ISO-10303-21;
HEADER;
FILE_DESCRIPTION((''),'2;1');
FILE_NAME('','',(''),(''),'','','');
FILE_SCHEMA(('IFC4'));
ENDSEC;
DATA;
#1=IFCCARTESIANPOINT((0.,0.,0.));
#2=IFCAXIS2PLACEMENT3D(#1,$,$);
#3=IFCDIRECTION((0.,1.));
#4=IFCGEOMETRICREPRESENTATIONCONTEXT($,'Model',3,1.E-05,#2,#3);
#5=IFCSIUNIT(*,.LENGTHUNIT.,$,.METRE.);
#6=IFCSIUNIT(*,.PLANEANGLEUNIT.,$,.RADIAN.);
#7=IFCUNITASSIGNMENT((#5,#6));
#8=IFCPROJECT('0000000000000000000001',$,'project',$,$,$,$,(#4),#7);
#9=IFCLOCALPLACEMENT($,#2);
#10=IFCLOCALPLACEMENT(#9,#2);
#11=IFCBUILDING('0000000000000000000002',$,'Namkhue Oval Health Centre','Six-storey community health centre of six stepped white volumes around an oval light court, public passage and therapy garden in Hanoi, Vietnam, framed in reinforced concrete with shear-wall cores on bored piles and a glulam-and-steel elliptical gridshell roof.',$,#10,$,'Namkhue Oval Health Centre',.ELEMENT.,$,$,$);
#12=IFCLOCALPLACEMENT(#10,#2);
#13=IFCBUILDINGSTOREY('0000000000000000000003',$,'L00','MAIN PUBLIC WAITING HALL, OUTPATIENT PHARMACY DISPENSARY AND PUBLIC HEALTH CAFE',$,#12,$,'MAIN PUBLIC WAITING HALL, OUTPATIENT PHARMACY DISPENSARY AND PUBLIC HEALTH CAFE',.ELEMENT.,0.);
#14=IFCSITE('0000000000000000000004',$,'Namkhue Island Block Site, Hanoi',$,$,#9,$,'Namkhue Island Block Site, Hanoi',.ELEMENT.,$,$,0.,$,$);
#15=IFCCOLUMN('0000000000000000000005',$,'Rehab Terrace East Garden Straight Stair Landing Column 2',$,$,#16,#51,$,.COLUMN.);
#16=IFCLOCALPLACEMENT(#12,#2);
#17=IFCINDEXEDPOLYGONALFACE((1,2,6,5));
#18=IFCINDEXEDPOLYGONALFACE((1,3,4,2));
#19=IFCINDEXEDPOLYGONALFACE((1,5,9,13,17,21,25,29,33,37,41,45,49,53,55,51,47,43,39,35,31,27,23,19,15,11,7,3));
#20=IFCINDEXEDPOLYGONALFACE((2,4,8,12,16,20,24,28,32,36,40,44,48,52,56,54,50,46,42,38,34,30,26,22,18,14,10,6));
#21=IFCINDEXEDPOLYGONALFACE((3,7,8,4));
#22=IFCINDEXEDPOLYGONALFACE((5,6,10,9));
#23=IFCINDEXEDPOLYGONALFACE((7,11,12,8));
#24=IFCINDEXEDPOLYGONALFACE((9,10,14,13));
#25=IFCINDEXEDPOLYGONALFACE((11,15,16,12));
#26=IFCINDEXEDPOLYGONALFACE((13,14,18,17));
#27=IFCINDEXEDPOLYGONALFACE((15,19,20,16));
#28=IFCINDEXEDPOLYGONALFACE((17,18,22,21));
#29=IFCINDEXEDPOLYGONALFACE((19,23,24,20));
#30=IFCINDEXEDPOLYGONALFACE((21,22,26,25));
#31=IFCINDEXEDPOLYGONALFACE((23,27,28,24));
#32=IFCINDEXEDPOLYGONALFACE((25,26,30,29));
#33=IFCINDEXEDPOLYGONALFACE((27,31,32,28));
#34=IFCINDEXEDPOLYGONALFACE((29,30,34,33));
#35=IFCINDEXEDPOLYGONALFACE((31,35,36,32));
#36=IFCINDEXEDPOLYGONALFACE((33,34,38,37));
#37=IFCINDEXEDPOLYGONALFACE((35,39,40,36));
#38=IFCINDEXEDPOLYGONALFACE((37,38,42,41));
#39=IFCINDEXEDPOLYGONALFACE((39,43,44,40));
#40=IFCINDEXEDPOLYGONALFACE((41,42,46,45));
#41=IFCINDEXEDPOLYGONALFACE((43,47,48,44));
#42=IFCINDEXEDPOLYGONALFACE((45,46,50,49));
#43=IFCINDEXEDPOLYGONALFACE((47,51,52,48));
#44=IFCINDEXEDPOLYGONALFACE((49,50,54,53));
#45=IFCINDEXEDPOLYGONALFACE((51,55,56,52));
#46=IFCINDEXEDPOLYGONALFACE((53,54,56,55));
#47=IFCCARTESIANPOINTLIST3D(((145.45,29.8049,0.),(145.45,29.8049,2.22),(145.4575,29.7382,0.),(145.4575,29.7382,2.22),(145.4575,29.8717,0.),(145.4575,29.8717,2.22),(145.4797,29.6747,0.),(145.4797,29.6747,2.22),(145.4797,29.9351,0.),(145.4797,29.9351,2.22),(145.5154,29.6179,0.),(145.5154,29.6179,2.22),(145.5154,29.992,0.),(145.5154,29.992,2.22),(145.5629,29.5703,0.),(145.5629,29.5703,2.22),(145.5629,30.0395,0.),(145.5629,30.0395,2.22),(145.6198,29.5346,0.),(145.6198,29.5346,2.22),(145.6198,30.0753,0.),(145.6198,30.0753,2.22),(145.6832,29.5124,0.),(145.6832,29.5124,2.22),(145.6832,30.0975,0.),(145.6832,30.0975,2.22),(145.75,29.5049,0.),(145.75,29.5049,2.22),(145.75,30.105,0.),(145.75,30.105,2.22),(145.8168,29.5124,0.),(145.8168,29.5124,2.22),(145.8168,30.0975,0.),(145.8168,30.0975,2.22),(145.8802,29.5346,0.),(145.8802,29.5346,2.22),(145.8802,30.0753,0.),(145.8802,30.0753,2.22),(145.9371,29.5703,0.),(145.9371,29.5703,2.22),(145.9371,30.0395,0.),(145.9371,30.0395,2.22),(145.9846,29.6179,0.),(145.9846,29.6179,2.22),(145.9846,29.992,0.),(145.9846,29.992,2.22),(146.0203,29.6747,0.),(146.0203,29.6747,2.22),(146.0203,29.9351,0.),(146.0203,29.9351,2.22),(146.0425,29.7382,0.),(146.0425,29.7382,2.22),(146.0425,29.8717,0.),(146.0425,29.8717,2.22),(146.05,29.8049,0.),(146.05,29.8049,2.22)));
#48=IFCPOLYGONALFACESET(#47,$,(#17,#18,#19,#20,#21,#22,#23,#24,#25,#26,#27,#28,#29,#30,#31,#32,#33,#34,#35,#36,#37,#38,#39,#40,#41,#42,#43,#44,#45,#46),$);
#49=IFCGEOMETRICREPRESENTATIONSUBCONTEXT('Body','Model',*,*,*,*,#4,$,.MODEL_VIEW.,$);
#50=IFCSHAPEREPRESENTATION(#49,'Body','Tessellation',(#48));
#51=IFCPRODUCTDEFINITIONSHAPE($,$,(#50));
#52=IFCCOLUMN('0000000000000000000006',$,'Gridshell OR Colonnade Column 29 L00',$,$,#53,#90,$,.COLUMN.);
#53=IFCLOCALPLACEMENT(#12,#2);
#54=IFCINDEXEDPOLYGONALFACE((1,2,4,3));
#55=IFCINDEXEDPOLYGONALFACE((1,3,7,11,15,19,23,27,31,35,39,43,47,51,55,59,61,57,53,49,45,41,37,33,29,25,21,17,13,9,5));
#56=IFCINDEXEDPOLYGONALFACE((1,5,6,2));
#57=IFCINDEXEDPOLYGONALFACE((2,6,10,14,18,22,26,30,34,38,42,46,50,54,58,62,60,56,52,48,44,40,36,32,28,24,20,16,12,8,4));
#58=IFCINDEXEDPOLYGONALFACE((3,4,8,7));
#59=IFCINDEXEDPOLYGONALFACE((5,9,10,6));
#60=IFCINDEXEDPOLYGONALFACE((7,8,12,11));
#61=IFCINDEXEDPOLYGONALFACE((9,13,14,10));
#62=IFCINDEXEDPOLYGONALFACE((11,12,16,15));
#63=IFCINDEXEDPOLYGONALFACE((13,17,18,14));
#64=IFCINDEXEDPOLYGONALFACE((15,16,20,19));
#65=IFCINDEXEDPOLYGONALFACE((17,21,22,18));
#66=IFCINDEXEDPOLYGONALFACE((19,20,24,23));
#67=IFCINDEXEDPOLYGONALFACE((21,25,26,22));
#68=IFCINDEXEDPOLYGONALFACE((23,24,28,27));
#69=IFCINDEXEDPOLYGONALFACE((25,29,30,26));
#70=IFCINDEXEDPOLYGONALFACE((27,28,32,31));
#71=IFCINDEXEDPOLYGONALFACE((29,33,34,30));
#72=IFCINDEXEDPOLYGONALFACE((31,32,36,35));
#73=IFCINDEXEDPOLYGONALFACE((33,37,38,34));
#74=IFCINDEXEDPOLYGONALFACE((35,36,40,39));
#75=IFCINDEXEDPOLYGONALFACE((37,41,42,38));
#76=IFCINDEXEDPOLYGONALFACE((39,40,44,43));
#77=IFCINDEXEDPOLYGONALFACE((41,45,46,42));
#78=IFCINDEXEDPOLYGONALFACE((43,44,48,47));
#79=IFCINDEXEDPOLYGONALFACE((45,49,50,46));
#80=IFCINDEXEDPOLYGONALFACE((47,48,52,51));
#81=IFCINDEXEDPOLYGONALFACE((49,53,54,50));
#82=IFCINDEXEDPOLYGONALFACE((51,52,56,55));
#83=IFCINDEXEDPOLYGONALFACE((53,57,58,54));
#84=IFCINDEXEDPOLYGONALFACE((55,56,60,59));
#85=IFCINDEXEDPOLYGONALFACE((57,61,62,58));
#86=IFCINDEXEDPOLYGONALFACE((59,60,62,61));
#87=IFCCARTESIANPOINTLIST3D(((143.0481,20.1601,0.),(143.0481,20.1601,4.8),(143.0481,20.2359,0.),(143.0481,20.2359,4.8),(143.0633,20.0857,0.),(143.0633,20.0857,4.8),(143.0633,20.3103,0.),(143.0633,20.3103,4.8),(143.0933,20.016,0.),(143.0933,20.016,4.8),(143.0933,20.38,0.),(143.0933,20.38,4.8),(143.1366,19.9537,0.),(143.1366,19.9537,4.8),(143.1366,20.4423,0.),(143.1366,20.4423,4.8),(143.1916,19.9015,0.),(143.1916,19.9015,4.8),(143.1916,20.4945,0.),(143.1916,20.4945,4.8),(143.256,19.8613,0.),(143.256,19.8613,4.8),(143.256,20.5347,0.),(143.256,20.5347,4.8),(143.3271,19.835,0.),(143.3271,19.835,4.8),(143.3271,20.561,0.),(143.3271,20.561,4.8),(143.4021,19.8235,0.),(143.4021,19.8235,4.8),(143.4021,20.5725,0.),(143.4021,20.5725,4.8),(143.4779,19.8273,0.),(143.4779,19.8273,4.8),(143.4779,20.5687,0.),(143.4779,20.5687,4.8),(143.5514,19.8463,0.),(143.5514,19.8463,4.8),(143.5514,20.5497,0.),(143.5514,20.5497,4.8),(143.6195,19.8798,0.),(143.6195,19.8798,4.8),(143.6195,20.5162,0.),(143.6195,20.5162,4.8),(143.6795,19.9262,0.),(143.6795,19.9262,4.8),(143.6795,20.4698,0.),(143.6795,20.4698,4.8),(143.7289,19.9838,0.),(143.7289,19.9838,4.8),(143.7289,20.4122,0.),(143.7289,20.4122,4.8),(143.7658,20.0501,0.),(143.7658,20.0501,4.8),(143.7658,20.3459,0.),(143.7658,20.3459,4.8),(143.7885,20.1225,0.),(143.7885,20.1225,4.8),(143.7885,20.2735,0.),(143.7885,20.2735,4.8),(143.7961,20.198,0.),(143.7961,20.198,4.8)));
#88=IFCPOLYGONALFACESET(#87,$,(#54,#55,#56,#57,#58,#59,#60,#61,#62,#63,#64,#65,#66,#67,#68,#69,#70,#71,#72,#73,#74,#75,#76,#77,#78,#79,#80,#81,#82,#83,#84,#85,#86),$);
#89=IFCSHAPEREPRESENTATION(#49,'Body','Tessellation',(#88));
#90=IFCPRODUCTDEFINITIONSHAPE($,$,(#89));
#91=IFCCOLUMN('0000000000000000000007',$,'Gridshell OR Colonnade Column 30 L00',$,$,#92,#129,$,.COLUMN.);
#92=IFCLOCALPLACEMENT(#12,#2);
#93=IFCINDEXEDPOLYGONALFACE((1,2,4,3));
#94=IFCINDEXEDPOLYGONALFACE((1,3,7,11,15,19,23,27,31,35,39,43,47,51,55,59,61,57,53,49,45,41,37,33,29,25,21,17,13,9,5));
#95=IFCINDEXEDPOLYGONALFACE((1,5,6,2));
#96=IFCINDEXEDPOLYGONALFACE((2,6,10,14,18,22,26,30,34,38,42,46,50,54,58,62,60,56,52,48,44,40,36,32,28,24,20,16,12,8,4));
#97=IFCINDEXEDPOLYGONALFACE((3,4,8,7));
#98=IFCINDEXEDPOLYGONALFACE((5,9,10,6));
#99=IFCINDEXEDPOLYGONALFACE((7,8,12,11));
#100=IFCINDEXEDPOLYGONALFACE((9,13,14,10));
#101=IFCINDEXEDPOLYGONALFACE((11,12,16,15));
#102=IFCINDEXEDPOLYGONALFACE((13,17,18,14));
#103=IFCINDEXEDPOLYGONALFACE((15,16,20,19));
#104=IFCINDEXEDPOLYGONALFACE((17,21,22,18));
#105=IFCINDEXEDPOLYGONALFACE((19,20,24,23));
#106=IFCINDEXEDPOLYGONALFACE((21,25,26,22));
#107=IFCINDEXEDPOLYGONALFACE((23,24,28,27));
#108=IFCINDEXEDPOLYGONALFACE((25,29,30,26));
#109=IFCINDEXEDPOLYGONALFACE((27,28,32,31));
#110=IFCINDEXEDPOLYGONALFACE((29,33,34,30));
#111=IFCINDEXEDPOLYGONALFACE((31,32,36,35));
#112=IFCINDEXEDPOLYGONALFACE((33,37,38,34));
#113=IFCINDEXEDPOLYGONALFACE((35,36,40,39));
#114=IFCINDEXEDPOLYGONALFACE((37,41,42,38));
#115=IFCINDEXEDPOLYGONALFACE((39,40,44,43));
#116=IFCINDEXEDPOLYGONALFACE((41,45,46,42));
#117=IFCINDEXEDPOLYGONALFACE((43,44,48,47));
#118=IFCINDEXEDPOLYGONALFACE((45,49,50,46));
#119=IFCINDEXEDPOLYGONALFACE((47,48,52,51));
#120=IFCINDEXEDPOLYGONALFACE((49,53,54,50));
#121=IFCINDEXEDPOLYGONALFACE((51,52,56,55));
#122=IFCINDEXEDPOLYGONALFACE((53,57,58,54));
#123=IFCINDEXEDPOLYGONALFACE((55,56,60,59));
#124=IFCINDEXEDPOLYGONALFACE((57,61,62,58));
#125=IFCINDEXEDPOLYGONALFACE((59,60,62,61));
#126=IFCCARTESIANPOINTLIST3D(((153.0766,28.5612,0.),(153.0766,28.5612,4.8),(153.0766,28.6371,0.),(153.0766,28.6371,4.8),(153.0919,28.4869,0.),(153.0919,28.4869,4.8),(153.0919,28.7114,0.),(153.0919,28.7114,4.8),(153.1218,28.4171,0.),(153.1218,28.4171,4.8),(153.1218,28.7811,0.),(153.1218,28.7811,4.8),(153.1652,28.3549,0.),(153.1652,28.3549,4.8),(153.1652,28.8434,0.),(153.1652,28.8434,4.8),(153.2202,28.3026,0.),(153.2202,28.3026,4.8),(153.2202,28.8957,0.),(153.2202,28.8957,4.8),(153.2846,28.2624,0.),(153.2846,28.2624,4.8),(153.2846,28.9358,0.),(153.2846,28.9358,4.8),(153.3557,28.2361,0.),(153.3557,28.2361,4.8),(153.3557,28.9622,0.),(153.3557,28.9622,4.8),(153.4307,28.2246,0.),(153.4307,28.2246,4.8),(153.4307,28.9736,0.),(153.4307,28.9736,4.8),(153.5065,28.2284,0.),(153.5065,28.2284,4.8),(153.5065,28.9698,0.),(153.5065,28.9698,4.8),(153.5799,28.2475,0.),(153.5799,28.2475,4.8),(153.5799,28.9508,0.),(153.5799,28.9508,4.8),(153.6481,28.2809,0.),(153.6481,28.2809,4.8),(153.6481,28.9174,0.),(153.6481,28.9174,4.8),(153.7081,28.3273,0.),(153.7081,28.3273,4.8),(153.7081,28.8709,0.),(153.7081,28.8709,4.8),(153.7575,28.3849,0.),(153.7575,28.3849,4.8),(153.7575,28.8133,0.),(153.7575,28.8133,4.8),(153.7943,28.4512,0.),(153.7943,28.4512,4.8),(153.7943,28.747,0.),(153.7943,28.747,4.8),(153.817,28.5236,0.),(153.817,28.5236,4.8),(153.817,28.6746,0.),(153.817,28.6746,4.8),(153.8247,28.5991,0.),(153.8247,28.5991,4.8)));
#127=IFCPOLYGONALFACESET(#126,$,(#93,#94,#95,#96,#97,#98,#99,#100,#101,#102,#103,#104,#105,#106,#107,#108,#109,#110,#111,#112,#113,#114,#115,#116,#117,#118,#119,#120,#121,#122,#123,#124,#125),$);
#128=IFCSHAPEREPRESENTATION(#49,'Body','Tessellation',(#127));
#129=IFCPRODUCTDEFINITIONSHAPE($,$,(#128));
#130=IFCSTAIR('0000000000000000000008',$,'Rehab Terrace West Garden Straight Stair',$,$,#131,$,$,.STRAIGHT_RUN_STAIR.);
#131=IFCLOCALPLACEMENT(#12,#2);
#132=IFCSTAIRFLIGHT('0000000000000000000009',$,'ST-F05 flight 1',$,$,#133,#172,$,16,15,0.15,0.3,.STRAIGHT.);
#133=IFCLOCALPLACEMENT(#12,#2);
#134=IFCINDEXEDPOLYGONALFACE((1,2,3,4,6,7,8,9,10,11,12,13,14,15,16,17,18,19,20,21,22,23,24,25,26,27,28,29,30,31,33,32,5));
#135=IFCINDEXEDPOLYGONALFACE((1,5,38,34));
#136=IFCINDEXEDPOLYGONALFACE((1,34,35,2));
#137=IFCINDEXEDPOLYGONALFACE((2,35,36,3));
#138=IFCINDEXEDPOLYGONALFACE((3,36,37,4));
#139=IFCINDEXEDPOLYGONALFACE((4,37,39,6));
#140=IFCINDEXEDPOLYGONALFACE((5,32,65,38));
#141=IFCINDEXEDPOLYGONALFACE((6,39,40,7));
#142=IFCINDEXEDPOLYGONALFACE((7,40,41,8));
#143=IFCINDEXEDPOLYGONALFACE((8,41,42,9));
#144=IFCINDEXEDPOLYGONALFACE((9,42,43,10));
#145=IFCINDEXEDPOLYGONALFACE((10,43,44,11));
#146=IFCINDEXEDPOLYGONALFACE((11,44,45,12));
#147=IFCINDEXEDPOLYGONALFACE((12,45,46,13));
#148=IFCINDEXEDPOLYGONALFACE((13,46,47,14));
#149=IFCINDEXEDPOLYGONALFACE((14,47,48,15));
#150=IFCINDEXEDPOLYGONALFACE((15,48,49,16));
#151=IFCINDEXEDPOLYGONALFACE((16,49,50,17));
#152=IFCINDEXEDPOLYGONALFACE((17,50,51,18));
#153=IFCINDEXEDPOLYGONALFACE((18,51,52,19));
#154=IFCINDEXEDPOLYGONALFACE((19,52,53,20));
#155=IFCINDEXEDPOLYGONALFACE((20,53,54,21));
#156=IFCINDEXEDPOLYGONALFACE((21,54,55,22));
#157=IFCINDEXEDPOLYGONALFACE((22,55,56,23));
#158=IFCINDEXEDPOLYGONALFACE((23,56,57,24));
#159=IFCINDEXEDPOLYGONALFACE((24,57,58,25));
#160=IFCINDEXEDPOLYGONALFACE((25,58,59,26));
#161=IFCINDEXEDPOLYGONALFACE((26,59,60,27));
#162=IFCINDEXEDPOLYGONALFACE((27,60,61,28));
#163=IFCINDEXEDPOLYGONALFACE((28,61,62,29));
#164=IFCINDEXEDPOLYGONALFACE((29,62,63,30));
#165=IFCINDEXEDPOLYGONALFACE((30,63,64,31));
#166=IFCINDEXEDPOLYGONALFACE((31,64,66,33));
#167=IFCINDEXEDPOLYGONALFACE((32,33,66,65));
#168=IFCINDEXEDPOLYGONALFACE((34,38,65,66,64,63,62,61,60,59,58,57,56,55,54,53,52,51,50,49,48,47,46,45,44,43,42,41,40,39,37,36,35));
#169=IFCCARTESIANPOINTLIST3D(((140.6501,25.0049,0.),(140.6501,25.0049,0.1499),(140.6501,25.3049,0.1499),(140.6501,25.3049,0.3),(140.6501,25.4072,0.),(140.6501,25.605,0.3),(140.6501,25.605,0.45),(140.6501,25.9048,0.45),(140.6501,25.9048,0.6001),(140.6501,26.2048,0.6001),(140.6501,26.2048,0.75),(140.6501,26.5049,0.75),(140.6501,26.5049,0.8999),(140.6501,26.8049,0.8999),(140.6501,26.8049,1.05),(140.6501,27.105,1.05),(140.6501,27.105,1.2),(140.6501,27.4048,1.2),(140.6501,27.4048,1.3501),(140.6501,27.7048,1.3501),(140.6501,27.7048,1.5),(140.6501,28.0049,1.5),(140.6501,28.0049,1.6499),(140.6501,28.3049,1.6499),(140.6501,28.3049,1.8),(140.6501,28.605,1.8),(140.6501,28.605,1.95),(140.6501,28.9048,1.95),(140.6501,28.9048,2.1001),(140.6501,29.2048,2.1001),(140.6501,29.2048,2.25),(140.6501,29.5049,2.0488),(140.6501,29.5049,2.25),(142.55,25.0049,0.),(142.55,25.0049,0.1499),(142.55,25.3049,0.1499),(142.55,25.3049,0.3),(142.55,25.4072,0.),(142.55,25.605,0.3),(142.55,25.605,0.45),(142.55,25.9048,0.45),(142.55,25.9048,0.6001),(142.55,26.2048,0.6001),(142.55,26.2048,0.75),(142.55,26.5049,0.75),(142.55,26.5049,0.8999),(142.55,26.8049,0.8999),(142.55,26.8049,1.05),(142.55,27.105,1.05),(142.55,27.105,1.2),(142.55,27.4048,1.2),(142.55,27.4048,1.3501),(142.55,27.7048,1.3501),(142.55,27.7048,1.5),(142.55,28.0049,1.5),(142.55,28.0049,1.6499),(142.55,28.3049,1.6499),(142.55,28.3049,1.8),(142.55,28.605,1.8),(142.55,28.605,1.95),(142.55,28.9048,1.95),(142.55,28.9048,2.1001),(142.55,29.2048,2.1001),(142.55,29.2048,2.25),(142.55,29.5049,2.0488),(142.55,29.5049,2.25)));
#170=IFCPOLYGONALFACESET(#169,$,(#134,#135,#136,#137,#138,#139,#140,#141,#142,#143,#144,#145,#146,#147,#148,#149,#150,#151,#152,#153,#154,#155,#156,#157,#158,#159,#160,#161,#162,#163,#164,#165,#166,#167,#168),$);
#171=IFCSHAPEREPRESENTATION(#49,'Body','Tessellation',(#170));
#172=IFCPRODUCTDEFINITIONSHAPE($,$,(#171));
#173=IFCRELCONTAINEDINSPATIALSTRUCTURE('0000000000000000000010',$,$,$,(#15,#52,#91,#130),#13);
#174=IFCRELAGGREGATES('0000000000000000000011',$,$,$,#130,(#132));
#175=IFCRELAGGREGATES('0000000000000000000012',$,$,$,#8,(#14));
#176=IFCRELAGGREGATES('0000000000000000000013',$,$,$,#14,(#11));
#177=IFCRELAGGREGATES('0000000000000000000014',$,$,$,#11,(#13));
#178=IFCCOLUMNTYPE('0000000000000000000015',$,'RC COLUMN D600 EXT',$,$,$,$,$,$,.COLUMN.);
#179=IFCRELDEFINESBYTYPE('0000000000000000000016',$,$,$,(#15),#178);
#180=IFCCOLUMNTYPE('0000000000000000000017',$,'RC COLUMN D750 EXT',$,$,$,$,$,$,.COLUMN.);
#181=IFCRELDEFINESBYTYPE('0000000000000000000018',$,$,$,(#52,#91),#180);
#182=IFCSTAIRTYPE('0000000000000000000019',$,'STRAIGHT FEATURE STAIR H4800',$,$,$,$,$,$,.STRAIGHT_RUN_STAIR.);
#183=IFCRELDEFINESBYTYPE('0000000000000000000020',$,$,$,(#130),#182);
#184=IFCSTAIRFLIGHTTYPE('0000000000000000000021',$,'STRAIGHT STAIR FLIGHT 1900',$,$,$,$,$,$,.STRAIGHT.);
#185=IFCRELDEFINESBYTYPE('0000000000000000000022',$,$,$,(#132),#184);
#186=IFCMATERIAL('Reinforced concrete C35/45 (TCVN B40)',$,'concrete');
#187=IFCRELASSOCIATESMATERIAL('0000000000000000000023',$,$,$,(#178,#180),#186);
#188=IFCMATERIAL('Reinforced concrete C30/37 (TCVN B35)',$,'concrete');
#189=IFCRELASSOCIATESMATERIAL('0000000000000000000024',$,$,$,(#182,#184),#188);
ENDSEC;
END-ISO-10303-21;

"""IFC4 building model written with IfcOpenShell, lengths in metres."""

from ifc_helpers import new_model, si_unit, direction, frame, origin, origin_2d, place, context, subcontext, project, spatial, polyline, circle, outline, extrude, material, material_profile, profile_set, type_object, element, aggregate, save


model = new_model("IFC4")

# Units and contexts
model_context = context("Model", 3, precision=1e-05, world=origin(), true_north=direction((0.0, 1.0)))
body_context = subcontext(model_context, "Body", "Model", "MODEL_VIEW")
ifc_project = project(units=[si_unit("LENGTHUNIT", "METRE"), si_unit("PLANEANGLEUNIT", "RADIAN")], contexts=[model_context])

# Site, building, storey
site_placement = place(None, origin())
site = spatial("IfcSite", under=ifc_project, at=site_placement, Name="Namkhue Island Block Site, Hanoi", LongName="Namkhue Island Block Site, Hanoi", CompositionType="ELEMENT", RefElevation=0.0)
building_placement = place(site_placement, origin())
building = spatial("IfcBuilding", under=site, at=building_placement, Name="Namkhue Oval Health Centre", Description="Six-storey community health centre of six stepped white volumes around an oval light court, public passage and therapy garden in Hanoi, Vietnam, framed in reinforced concrete with shear-wall cores on bored piles and a glulam-and-steel elliptical gridshell roof.", LongName="Namkhue Oval Health Centre", CompositionType="ELEMENT")
storey_placement = place(building_placement, origin())
storey = spatial("IfcBuildingStorey", under=building, at=storey_placement, Name="L00", Description="MAIN PUBLIC WAITING HALL, OUTPATIENT PHARMACY DISPENSARY AND PUBLIC HEALTH CAFE", LongName="MAIN PUBLIC WAITING HALL, OUTPATIENT PHARMACY DISPENSARY AND PUBLIC HEALTH CAFE", CompositionType="ELEMENT", Elevation=0.0)

# Shared definitions
ifc_material_1 = material(Name="Reinforced concrete C30/37 (TCVN B35)", Category="concrete")

# Columns
ifc_material_2 = material(Name="Reinforced concrete C35/45 (TCVN B40)", Category="concrete")
ifc_material_profile_1 = material_profile(ifc_material_2, circle(Radius=0.3, at=origin_2d()), Name="RC D600")
ifc_profile_set_1 = profile_set([ifc_material_profile_1], Name="Reinforced concrete C35/45 (TCVN B40)")
column_type_1 = type_object("IfcColumnType", Name="RC COLUMN D600 EXT", PredefinedType="COLUMN", material=ifc_profile_set_1)
for number, where, z_axis, x_axis, name in (
    (1, (145.75, 29.8049, 0.0), (0.0, 0.0, 1.0), (1.0, 0.0, 0.0), "Rehab Terrace East Garden Straight Stair Landing Column 2"),
):
    element("IfcColumn", number, at=place(storey_placement, frame(where, z_axis=z_axis, x_axis=x_axis)), inside=storey, type_object=column_type_1, Name=name, PredefinedType="COLUMN", context=body_context, shape_type="SweptSolid", body=[
        extrude(circle(Radius=0.3, at=origin_2d()), origin(), (0.0, 0.0, 1.0), 2.22),
    ])
ifc_material_profile_2 = material_profile(ifc_material_2, circle(Radius=0.375, at=origin_2d()), Name="RC D750")
ifc_profile_set_2 = profile_set([ifc_material_profile_2], Name="Reinforced concrete C35/45 (TCVN B40)")
column_type_2 = type_object("IfcColumnType", Name="RC COLUMN D750 EXT", PredefinedType="COLUMN", material=ifc_profile_set_2)
for number, where, z_axis, x_axis, name in (
    (2, (143.4211, 20.198, 0.0), (0.0, 0.0, 1.0), (1.0, 0.0, 0.0), "Gridshell OR Colonnade Column 29 L00"),
    (3, (153.4497, 28.5991, 0.0), (0.0, 0.0, 1.0), (1.0, 0.0, 0.0), "Gridshell OR Colonnade Column 30 L00"),
):
    element("IfcColumn", number, at=place(storey_placement, frame(where, z_axis=z_axis, x_axis=x_axis)), inside=storey, type_object=column_type_2, Name=name, PredefinedType="COLUMN", context=body_context, shape_type="SweptSolid", body=[
        extrude(circle(Radius=0.375, at=origin_2d()), origin(), (0.0, 0.0, 1.0), 4.8),
    ])

# Stair, stair flight
stair_type = type_object("IfcStairType", Name="STRAIGHT FEATURE STAIR H4800", PredefinedType="STRAIGHT_RUN_STAIR", material=ifc_material_1)
stair_1_placement = place(storey_placement, origin())
stair_1 = element("IfcStair", 4, at=stair_1_placement, inside=storey, type_object=stair_type, Name="Rehab Terrace West Garden Straight Stair", PredefinedType="STRAIGHT_RUN_STAIR")
stair_flight_type = type_object("IfcStairFlightType", Name="STRAIGHT STAIR FLIGHT 1900", PredefinedType="STRAIGHT", material=ifc_material_1)
stair_flight_1_placement = place(storey_placement, frame((141.6001, 25.0049, 0.0), z_axis=(0.0, 0.0, 1.0), x_axis=(0.0, 1.0, 0.0)))
stair_flight_1 = element("IfcStairFlight", 5, at=stair_flight_1_placement, type_object=stair_flight_type, Name="ST-F05 flight 1", NumberOfRisers=16, NumberOfTreads=15, PredefinedType="STRAIGHT", RiserHeight=0.15, TreadLength=0.3, context=body_context, shape_type="SweptSolid", body=[
    extrude(outline(polyline([(0.0, 0.0), (0.0, 0.1499), (0.3, 0.1499), (0.3, 0.3), (0.6001, 0.3), (0.6001, 0.45), (0.8999, 0.45), (0.8999, 0.6001), (1.2, 0.6001), (1.2, 0.75), (1.5, 0.75), (1.5, 0.8999), (1.8, 0.8999), (1.8, 1.05), (2.1001, 1.05), (2.1001, 1.2), (2.3999, 1.2), (2.3999, 1.3501), (2.7, 1.3501), (2.7, 1.5), (3.0, 1.5), (3.0, 1.6499), (3.3, 1.6499), (3.3, 1.8), (3.6001, 1.8), (3.6001, 1.95), (3.8999, 1.95), (3.8999, 2.1001), (4.2, 2.1001), (4.2, 2.25), (4.5, 2.25), (4.5, 2.3999), (4.5, 2.0488), (0.4023, 0.0), (0.0, 0.0)])), frame((0.0, 0.95, 0.0), z_axis=(0.0, -1.0, 0.0), x_axis=(1.0, 0.0, 0.0)), (0.0, 0.0, 1.0), 1.8999),
])
aggregate(stair_1, [stair_flight_1])

save(model, "model.ifc")
